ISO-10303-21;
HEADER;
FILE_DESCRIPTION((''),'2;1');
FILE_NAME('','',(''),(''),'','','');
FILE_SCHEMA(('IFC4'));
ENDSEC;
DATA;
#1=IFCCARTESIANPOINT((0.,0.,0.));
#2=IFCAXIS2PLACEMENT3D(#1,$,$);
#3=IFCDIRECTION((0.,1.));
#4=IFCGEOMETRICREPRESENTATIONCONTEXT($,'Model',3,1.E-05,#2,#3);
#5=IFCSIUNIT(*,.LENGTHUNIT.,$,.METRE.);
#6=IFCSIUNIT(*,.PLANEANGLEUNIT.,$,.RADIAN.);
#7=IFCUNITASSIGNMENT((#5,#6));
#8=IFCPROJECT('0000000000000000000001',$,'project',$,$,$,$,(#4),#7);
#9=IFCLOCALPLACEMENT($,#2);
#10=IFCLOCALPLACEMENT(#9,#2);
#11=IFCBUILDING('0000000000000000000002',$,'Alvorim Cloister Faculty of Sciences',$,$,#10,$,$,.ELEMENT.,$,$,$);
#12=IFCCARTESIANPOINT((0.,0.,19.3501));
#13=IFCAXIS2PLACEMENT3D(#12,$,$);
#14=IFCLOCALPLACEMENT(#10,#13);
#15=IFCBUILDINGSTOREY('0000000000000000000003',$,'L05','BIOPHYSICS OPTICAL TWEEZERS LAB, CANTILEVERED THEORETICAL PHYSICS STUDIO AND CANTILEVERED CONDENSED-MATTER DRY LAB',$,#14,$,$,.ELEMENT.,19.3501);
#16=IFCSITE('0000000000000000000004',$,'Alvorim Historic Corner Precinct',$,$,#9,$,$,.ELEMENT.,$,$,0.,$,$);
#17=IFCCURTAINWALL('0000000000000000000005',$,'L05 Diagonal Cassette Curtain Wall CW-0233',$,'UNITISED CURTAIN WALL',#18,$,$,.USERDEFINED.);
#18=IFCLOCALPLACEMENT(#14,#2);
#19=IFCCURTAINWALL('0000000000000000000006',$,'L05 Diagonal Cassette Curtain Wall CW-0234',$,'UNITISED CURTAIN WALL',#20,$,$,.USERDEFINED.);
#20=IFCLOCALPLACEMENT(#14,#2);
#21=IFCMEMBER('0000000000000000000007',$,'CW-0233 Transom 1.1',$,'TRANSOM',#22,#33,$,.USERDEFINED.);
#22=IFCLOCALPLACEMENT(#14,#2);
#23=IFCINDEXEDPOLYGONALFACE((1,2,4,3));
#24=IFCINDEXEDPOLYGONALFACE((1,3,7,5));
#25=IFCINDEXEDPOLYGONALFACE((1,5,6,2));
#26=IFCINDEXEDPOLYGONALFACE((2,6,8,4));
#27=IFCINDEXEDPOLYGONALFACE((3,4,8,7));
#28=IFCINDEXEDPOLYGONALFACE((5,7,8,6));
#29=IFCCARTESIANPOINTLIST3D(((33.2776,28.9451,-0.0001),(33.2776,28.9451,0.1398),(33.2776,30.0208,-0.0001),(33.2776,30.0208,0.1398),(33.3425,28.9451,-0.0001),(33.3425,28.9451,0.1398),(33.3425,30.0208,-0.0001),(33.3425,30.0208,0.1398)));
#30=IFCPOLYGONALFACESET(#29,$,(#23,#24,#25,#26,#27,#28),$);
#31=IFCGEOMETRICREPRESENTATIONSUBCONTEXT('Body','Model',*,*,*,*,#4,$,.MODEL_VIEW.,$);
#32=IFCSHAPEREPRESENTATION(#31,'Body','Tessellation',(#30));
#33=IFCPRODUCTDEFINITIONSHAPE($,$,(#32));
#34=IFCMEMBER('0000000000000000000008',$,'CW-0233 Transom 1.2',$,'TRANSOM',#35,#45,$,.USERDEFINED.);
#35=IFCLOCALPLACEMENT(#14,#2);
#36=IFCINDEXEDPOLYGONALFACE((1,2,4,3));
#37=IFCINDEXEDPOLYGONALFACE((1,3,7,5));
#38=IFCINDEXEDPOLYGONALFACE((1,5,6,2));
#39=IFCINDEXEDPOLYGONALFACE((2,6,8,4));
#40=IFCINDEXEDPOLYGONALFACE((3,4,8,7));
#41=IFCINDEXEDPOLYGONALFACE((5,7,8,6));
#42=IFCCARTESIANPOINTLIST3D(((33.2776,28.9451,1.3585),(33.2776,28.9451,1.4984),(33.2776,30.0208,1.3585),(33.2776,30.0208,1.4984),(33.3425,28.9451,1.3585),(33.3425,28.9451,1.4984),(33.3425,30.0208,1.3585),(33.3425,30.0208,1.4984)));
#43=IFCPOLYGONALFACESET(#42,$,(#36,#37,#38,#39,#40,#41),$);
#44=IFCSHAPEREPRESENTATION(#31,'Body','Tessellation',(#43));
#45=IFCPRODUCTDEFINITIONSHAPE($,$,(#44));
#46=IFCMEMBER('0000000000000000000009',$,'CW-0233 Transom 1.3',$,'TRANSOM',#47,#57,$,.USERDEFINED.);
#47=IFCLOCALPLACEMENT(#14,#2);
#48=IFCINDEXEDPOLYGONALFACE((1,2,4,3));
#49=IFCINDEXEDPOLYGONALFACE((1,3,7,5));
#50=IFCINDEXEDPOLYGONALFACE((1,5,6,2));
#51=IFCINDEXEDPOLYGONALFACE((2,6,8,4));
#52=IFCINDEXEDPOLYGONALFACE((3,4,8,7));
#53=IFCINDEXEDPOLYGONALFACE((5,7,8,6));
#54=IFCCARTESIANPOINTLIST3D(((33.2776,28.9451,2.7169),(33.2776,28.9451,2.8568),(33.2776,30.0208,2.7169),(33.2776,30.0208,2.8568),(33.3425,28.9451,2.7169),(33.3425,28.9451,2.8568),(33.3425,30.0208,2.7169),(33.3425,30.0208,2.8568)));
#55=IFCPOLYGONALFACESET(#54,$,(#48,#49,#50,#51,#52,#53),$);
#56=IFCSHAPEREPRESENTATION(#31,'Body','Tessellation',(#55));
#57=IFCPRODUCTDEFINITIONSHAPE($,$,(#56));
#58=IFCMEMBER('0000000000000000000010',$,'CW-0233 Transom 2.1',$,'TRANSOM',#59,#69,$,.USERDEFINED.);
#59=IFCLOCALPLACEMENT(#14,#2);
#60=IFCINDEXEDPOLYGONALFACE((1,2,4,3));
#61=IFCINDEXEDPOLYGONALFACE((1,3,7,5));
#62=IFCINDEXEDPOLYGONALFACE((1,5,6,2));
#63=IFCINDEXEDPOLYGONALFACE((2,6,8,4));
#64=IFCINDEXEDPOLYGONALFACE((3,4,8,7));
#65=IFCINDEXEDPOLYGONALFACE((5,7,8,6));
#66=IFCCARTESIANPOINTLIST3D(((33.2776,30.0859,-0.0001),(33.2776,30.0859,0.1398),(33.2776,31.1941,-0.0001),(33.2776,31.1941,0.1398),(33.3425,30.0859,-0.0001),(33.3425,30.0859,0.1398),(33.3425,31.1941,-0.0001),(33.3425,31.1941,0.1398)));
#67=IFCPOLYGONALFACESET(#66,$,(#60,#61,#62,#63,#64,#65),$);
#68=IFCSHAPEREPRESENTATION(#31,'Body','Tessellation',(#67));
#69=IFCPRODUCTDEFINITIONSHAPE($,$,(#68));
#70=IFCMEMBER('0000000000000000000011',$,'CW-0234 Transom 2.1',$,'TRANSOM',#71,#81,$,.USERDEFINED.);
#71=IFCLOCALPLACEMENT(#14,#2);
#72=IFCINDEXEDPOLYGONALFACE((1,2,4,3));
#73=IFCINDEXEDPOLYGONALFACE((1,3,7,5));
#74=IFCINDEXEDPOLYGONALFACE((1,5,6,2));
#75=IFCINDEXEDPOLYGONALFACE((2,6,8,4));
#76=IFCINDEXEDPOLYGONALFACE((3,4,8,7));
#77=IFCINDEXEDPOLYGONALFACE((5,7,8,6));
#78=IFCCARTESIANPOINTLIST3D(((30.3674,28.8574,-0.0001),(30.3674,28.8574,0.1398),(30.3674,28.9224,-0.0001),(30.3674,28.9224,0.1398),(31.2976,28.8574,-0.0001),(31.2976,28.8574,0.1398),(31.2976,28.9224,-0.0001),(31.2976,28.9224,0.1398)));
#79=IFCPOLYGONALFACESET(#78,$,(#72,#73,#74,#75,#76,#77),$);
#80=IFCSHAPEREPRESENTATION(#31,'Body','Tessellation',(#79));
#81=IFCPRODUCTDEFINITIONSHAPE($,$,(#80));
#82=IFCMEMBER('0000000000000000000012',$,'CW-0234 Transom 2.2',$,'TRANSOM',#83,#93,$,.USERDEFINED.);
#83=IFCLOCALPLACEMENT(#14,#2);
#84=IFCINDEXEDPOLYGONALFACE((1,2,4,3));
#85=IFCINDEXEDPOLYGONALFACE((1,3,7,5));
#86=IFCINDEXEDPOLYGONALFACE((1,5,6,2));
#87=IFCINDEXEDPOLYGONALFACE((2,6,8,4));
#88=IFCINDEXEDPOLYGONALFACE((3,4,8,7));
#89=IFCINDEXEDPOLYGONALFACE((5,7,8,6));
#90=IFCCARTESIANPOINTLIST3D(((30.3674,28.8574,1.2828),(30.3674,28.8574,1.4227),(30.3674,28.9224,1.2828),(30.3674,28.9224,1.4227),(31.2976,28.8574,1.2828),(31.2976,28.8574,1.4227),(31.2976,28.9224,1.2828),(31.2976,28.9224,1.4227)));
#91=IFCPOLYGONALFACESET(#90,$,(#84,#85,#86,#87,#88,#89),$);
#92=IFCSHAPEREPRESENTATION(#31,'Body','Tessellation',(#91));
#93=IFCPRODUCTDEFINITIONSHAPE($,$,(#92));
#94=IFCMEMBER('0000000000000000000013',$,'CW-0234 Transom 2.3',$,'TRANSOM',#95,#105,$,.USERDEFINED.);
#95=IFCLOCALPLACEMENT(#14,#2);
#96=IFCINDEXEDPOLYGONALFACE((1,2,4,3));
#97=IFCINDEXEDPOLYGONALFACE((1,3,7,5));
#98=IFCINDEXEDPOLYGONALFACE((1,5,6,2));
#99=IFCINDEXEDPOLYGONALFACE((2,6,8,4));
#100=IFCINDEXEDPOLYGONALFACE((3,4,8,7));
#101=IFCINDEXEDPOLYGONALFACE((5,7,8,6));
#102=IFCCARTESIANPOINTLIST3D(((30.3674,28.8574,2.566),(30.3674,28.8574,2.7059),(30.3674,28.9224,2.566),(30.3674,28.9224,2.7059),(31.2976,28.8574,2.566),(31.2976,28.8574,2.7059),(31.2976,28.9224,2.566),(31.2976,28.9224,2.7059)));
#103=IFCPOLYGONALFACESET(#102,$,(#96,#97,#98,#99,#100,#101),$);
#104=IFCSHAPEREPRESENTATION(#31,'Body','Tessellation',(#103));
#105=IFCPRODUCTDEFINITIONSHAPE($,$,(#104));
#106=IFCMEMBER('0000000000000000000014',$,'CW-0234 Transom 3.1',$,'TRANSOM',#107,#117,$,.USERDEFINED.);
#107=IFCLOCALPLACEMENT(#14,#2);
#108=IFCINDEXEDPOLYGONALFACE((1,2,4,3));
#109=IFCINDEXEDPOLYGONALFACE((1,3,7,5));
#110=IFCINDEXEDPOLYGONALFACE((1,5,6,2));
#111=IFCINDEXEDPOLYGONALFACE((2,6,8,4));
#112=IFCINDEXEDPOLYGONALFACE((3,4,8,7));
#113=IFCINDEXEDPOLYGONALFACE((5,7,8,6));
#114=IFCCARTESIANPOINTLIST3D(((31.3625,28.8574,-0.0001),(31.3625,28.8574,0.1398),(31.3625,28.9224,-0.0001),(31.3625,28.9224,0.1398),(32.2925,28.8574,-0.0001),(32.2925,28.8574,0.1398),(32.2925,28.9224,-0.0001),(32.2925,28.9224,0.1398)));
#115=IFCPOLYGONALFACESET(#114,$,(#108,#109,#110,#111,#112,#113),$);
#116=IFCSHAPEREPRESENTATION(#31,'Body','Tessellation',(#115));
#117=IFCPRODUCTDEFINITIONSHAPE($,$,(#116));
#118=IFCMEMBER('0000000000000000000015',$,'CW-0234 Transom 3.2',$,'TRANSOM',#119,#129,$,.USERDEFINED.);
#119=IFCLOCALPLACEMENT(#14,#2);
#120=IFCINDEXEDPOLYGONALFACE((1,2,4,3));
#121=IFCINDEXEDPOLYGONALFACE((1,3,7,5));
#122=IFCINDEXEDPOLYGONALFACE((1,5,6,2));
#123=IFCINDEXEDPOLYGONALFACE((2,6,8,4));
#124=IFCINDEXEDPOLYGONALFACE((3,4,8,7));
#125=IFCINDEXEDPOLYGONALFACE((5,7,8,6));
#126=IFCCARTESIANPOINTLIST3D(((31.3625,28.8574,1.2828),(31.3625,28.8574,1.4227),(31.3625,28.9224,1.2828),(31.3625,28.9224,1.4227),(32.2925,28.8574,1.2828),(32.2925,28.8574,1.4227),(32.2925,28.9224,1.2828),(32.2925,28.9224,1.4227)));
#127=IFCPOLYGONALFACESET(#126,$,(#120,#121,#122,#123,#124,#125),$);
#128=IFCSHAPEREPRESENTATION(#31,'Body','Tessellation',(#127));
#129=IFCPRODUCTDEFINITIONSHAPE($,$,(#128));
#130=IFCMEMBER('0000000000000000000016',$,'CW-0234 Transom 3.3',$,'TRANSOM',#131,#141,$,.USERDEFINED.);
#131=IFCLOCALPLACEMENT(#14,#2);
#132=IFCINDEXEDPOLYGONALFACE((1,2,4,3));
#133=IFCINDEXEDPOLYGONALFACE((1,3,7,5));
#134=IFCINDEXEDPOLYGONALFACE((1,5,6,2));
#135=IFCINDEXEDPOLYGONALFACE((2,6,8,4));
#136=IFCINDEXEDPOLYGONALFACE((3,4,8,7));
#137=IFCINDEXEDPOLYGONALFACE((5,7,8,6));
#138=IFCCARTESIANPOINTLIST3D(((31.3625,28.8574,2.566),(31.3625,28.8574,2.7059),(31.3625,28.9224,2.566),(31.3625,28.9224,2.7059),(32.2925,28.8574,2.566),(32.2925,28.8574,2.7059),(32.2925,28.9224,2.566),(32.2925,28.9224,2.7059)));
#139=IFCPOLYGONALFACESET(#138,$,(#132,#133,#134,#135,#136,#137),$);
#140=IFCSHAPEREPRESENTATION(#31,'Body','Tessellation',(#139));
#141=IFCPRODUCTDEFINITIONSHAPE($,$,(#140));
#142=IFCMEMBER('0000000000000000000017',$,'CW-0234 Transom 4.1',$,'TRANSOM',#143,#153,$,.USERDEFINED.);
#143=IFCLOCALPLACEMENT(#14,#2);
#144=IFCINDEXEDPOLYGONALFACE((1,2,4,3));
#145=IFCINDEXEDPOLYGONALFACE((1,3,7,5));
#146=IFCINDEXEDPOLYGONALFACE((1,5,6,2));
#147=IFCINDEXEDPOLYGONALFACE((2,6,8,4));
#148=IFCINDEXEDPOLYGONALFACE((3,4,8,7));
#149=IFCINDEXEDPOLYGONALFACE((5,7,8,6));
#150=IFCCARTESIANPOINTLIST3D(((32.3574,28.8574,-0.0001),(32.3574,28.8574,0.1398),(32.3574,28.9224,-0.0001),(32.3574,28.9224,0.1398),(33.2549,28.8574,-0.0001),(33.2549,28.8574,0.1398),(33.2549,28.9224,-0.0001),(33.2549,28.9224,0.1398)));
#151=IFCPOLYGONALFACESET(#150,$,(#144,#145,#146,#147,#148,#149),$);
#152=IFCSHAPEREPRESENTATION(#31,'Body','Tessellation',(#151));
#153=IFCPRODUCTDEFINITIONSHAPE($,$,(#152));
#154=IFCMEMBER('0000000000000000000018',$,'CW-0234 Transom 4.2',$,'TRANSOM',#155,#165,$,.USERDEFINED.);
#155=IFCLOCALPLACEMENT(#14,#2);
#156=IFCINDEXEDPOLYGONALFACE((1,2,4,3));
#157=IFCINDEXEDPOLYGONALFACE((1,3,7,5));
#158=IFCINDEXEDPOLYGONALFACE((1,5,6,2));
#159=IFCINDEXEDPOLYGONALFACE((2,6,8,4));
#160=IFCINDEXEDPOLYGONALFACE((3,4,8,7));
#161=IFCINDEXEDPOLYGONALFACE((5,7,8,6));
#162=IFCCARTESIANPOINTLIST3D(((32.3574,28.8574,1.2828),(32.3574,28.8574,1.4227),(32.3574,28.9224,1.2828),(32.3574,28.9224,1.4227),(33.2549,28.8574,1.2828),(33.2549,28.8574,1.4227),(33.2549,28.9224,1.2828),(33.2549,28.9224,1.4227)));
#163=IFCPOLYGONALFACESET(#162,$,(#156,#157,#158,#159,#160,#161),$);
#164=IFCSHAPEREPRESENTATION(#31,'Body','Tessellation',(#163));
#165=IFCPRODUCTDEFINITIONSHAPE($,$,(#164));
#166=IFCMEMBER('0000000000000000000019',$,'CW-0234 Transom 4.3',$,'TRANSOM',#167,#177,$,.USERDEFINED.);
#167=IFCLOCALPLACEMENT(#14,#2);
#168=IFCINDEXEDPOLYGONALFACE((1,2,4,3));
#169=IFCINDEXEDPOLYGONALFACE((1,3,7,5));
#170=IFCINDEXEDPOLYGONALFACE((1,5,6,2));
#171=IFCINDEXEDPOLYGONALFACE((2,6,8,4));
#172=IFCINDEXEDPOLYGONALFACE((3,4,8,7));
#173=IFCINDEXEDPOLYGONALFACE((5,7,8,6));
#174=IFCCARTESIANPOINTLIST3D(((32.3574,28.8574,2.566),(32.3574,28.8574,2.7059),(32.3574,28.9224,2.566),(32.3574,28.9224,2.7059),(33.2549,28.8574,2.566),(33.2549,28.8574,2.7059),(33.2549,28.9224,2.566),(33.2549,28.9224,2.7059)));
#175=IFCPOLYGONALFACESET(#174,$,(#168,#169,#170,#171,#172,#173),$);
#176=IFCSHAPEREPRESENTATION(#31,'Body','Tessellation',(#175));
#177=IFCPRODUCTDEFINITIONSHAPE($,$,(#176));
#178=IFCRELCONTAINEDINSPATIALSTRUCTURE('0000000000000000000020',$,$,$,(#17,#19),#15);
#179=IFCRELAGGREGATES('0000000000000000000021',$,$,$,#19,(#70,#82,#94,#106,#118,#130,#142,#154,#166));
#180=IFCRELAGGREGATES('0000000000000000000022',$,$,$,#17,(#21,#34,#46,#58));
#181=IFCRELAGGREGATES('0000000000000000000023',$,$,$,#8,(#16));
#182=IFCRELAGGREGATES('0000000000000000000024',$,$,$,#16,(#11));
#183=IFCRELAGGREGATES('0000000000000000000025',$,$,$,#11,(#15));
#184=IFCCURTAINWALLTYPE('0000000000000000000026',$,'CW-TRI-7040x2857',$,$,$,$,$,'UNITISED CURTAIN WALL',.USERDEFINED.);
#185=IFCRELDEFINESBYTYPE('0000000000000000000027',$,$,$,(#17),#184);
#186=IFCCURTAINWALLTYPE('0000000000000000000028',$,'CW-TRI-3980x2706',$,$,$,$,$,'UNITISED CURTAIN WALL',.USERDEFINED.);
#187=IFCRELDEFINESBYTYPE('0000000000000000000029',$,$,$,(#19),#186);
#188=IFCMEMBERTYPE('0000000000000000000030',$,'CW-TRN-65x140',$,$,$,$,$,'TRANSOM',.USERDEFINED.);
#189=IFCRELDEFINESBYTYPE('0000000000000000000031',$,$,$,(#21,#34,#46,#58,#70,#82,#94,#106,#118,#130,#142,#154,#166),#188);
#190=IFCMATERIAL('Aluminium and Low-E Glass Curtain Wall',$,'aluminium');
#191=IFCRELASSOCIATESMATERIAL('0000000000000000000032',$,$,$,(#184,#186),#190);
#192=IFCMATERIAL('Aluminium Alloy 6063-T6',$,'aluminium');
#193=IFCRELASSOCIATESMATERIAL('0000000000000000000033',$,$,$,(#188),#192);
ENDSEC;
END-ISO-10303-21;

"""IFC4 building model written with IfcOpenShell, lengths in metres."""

from ifc_helpers import new_model, si_unit, direction, frame, origin, origin_2d, place, context, subcontext, project, spatial, rectangle, extrude, material, material_profile, profile_set, type_object, element, aggregate, save


model = new_model("IFC4")

# Units and contexts
model_context = context("Model", 3, precision=1e-05, world=origin(), true_north=direction((0.0, 1.0)))
body_context = subcontext(model_context, "Body", "Model", "MODEL_VIEW")
ifc_project = project(units=[si_unit("LENGTHUNIT", "METRE"), si_unit("PLANEANGLEUNIT", "RADIAN")], contexts=[model_context])

# Site, building, storey
site_placement = place(None, origin())
site = spatial("IfcSite", under=ifc_project, at=site_placement, Name="Alvorim Historic Corner Precinct", CompositionType="ELEMENT", RefElevation=0.0)
building_placement = place(site_placement, origin())
building = spatial("IfcBuilding", under=site, at=building_placement, Name="Alvorim Cloister Faculty of Sciences", CompositionType="ELEMENT")
storey_placement = place(building_placement, frame((0.0, 0.0, 19.3501)))
storey = spatial("IfcBuildingStorey", under=building, at=storey_placement, Name="L05", Description="BIOPHYSICS OPTICAL TWEEZERS LAB, CANTILEVERED THEORETICAL PHYSICS STUDIO AND CANTILEVERED CONDENSED-MATTER DRY LAB", CompositionType="ELEMENT", Elevation=19.3501)

# Curtain walls
ifc_material_1 = material(Name="Aluminium and Low-E Glass Curtain Wall", Category="aluminium")
curtain_wall_type_1 = type_object("IfcCurtainWallType", Name="CW-TRI-7040x2857", ElementType="UNITISED CURTAIN WALL", PredefinedType="USERDEFINED", material=ifc_material_1)
curtain_wall_1_placement = place(storey_placement, origin())
curtain_wall_1 = element("IfcCurtainWall", 1, at=curtain_wall_1_placement, inside=storey, type_object=curtain_wall_type_1, Name="L05 Diagonal Cassette Curtain Wall CW-0233", ObjectType="UNITISED CURTAIN WALL", PredefinedType="USERDEFINED")
ifc_material_2 = material(Name="Aluminium Alloy 6063-T6", Category="aluminium")
curtain_wall_type_2 = type_object("IfcCurtainWallType", Name="CW-TRI-3980x2706", ElementType="UNITISED CURTAIN WALL", PredefinedType="USERDEFINED", material=ifc_material_1)
curtain_wall_2_placement = place(storey_placement, origin())
curtain_wall_2 = element("IfcCurtainWall", 2, at=curtain_wall_2_placement, inside=storey, type_object=curtain_wall_type_2, Name="L05 Diagonal Cassette Curtain Wall CW-0234", ObjectType="UNITISED CURTAIN WALL", PredefinedType="USERDEFINED")

# Members
ifc_material_profile_1 = material_profile(ifc_material_2, rectangle(XDim=0.0649, YDim=0.1399, at=origin_2d()), Name="ALU-TRN-65x140")
ifc_profile_set_1 = profile_set([ifc_material_profile_1], Name="Aluminium Alloy 6063-T6")
member_type_1 = type_object("IfcMemberType", Name="CW-TRN-65x140", ElementType="TRANSOM", PredefinedType="USERDEFINED", material=ifc_profile_set_1)
member_1_placement = place(storey_placement, frame((33.3101, 28.9451, 0.0698), z_axis=(0.0, 1.0, 0.0), x_axis=(-1.0, 0.0, 0.0)))
member_1 = element("IfcMember", 3, at=member_1_placement, type_object=member_type_1, Name="CW-0233 Transom 1.1", ObjectType="TRANSOM", PredefinedType="USERDEFINED", context=body_context, shape_type="SweptSolid", body=[
    extrude(rectangle(XDim=0.0649, YDim=0.1399, at=origin_2d()), origin(), (0.0, 0.0, 1.0), 1.0757),
])
member_2_placement = place(storey_placement, frame((33.3101, 28.9451, 1.4285), z_axis=(0.0, 1.0, 0.0), x_axis=(-1.0, 0.0, 0.0)))
member_2 = element("IfcMember", 4, at=member_2_placement, type_object=member_type_1, Name="CW-0233 Transom 1.2", ObjectType="TRANSOM", PredefinedType="USERDEFINED", context=body_context, shape_type="SweptSolid", body=[
    extrude(rectangle(XDim=0.0649, YDim=0.1399, at=origin_2d()), origin(), (0.0, 0.0, 1.0), 1.0757),
])
member_3_placement = place(storey_placement, frame((33.3101, 28.9451, 2.7869), z_axis=(0.0, 1.0, 0.0), x_axis=(-1.0, 0.0, 0.0)))
member_3 = element("IfcMember", 5, at=member_3_placement, type_object=member_type_1, Name="CW-0233 Transom 1.3", ObjectType="TRANSOM", PredefinedType="USERDEFINED", context=body_context, shape_type="SweptSolid", body=[
    extrude(rectangle(XDim=0.0649, YDim=0.1399, at=origin_2d()), origin(), (0.0, 0.0, 1.0), 1.0757),
])
member_4_placement = place(storey_placement, frame((33.3101, 30.0859, 0.0698), z_axis=(0.0, 1.0, 0.0), x_axis=(-1.0, 0.0, 0.0)))
member_4 = element("IfcMember", 6, at=member_4_placement, type_object=member_type_1, Name="CW-0233 Transom 2.1", ObjectType="TRANSOM", PredefinedType="USERDEFINED", context=body_context, shape_type="SweptSolid", body=[
    extrude(rectangle(XDim=0.0649, YDim=0.1399, at=origin_2d()), origin(), (0.0, 0.0, 1.0), 1.1082),
])
member_5_placement = place(storey_placement, frame((30.3674, 28.8899, 0.0698), z_axis=(1.0, 0.0, 0.0), x_axis=(0.0, 1.0, 0.0)))
member_5 = element("IfcMember", 7, at=member_5_placement, type_object=member_type_1, Name="CW-0234 Transom 2.1", ObjectType="TRANSOM", PredefinedType="USERDEFINED", context=body_context, shape_type="SweptSolid", body=[
    extrude(rectangle(XDim=0.0649, YDim=0.1399, at=origin_2d()), origin(), (0.0, 0.0, 1.0), 0.9302),
])
member_6_placement = place(storey_placement, frame((30.3674, 28.8899, 1.3528), z_axis=(1.0, 0.0, 0.0), x_axis=(0.0, 1.0, 0.0)))
member_6 = element("IfcMember", 8, at=member_6_placement, type_object=member_type_1, Name="CW-0234 Transom 2.2", ObjectType="TRANSOM", PredefinedType="USERDEFINED", context=body_context, shape_type="SweptSolid", body=[
    extrude(rectangle(XDim=0.0649, YDim=0.1399, at=origin_2d()), origin(), (0.0, 0.0, 1.0), 0.9302),
])
member_7_placement = place(storey_placement, frame((30.3674, 28.8899, 2.636), z_axis=(1.0, 0.0, 0.0), x_axis=(0.0, 1.0, 0.0)))
member_7 = element("IfcMember", 9, at=member_7_placement, type_object=member_type_1, Name="CW-0234 Transom 2.3", ObjectType="TRANSOM", PredefinedType="USERDEFINED", context=body_context, shape_type="SweptSolid", body=[
    extrude(rectangle(XDim=0.0649, YDim=0.1399, at=origin_2d()), origin(), (0.0, 0.0, 1.0), 0.9302),
])
member_8_placement = place(storey_placement, frame((31.3625, 28.8899, 0.0698), z_axis=(1.0, 0.0, 0.0), x_axis=(0.0, 1.0, 0.0)))
member_8 = element("IfcMember", 10, at=member_8_placement, type_object=member_type_1, Name="CW-0234 Transom 3.1", ObjectType="TRANSOM", PredefinedType="USERDEFINED", context=body_context, shape_type="SweptSolid", body=[
    extrude(rectangle(XDim=0.0649, YDim=0.1399, at=origin_2d()), origin(), (0.0, 0.0, 1.0), 0.9299),
])
member_9_placement = place(storey_placement, frame((31.3625, 28.8899, 1.3528), z_axis=(1.0, 0.0, 0.0), x_axis=(0.0, 1.0, 0.0)))
member_9 = element("IfcMember", 11, at=member_9_placement, type_object=member_type_1, Name="CW-0234 Transom 3.2", ObjectType="TRANSOM", PredefinedType="USERDEFINED", context=body_context, shape_type="SweptSolid", body=[
    extrude(rectangle(XDim=0.0649, YDim=0.1399, at=origin_2d()), origin(), (0.0, 0.0, 1.0), 0.9299),
])
member_10_placement = place(storey_placement, frame((31.3625, 28.8899, 2.636), z_axis=(1.0, 0.0, 0.0), x_axis=(0.0, 1.0, 0.0)))
member_10 = element("IfcMember", 12, at=member_10_placement, type_object=member_type_1, Name="CW-0234 Transom 3.3", ObjectType="TRANSOM", PredefinedType="USERDEFINED", context=body_context, shape_type="SweptSolid", body=[
    extrude(rectangle(XDim=0.0649, YDim=0.1399, at=origin_2d()), origin(), (0.0, 0.0, 1.0), 0.9299),
])
member_11_placement = place(storey_placement, frame((32.3574, 28.8899, 0.0698), z_axis=(1.0, 0.0, 0.0), x_axis=(0.0, 1.0, 0.0)))
member_11 = element("IfcMember", 13, at=member_11_placement, type_object=member_type_1, Name="CW-0234 Transom 4.1", ObjectType="TRANSOM", PredefinedType="USERDEFINED", context=body_context, shape_type="SweptSolid", body=[
    extrude(rectangle(XDim=0.0649, YDim=0.1399, at=origin_2d()), origin(), (0.0, 0.0, 1.0), 0.8975),
])
member_12_placement = place(storey_placement, frame((32.3574, 28.8899, 1.3528), z_axis=(1.0, 0.0, 0.0), x_axis=(0.0, 1.0, 0.0)))
member_12 = element("IfcMember", 14, at=member_12_placement, type_object=member_type_1, Name="CW-0234 Transom 4.2", ObjectType="TRANSOM", PredefinedType="USERDEFINED", context=body_context, shape_type="SweptSolid", body=[
    extrude(rectangle(XDim=0.0649, YDim=0.1399, at=origin_2d()), origin(), (0.0, 0.0, 1.0), 0.8975),
])
member_13_placement = place(storey_placement, frame((32.3574, 28.8899, 2.636), z_axis=(1.0, 0.0, 0.0), x_axis=(0.0, 1.0, 0.0)))
member_13 = element("IfcMember", 15, at=member_13_placement, type_object=member_type_1, Name="CW-0234 Transom 4.3", ObjectType="TRANSOM", PredefinedType="USERDEFINED", context=body_context, shape_type="SweptSolid", body=[
    extrude(rectangle(XDim=0.0649, YDim=0.1399, at=origin_2d()), origin(), (0.0, 0.0, 1.0), 0.8975),
])
aggregate(curtain_wall_2, [member_5, member_6, member_7, member_8, member_9, member_10, member_11, member_12, member_13])

aggregate(curtain_wall_1, [member_1, member_2, member_3, member_4])

save(model, "model.ifc")
